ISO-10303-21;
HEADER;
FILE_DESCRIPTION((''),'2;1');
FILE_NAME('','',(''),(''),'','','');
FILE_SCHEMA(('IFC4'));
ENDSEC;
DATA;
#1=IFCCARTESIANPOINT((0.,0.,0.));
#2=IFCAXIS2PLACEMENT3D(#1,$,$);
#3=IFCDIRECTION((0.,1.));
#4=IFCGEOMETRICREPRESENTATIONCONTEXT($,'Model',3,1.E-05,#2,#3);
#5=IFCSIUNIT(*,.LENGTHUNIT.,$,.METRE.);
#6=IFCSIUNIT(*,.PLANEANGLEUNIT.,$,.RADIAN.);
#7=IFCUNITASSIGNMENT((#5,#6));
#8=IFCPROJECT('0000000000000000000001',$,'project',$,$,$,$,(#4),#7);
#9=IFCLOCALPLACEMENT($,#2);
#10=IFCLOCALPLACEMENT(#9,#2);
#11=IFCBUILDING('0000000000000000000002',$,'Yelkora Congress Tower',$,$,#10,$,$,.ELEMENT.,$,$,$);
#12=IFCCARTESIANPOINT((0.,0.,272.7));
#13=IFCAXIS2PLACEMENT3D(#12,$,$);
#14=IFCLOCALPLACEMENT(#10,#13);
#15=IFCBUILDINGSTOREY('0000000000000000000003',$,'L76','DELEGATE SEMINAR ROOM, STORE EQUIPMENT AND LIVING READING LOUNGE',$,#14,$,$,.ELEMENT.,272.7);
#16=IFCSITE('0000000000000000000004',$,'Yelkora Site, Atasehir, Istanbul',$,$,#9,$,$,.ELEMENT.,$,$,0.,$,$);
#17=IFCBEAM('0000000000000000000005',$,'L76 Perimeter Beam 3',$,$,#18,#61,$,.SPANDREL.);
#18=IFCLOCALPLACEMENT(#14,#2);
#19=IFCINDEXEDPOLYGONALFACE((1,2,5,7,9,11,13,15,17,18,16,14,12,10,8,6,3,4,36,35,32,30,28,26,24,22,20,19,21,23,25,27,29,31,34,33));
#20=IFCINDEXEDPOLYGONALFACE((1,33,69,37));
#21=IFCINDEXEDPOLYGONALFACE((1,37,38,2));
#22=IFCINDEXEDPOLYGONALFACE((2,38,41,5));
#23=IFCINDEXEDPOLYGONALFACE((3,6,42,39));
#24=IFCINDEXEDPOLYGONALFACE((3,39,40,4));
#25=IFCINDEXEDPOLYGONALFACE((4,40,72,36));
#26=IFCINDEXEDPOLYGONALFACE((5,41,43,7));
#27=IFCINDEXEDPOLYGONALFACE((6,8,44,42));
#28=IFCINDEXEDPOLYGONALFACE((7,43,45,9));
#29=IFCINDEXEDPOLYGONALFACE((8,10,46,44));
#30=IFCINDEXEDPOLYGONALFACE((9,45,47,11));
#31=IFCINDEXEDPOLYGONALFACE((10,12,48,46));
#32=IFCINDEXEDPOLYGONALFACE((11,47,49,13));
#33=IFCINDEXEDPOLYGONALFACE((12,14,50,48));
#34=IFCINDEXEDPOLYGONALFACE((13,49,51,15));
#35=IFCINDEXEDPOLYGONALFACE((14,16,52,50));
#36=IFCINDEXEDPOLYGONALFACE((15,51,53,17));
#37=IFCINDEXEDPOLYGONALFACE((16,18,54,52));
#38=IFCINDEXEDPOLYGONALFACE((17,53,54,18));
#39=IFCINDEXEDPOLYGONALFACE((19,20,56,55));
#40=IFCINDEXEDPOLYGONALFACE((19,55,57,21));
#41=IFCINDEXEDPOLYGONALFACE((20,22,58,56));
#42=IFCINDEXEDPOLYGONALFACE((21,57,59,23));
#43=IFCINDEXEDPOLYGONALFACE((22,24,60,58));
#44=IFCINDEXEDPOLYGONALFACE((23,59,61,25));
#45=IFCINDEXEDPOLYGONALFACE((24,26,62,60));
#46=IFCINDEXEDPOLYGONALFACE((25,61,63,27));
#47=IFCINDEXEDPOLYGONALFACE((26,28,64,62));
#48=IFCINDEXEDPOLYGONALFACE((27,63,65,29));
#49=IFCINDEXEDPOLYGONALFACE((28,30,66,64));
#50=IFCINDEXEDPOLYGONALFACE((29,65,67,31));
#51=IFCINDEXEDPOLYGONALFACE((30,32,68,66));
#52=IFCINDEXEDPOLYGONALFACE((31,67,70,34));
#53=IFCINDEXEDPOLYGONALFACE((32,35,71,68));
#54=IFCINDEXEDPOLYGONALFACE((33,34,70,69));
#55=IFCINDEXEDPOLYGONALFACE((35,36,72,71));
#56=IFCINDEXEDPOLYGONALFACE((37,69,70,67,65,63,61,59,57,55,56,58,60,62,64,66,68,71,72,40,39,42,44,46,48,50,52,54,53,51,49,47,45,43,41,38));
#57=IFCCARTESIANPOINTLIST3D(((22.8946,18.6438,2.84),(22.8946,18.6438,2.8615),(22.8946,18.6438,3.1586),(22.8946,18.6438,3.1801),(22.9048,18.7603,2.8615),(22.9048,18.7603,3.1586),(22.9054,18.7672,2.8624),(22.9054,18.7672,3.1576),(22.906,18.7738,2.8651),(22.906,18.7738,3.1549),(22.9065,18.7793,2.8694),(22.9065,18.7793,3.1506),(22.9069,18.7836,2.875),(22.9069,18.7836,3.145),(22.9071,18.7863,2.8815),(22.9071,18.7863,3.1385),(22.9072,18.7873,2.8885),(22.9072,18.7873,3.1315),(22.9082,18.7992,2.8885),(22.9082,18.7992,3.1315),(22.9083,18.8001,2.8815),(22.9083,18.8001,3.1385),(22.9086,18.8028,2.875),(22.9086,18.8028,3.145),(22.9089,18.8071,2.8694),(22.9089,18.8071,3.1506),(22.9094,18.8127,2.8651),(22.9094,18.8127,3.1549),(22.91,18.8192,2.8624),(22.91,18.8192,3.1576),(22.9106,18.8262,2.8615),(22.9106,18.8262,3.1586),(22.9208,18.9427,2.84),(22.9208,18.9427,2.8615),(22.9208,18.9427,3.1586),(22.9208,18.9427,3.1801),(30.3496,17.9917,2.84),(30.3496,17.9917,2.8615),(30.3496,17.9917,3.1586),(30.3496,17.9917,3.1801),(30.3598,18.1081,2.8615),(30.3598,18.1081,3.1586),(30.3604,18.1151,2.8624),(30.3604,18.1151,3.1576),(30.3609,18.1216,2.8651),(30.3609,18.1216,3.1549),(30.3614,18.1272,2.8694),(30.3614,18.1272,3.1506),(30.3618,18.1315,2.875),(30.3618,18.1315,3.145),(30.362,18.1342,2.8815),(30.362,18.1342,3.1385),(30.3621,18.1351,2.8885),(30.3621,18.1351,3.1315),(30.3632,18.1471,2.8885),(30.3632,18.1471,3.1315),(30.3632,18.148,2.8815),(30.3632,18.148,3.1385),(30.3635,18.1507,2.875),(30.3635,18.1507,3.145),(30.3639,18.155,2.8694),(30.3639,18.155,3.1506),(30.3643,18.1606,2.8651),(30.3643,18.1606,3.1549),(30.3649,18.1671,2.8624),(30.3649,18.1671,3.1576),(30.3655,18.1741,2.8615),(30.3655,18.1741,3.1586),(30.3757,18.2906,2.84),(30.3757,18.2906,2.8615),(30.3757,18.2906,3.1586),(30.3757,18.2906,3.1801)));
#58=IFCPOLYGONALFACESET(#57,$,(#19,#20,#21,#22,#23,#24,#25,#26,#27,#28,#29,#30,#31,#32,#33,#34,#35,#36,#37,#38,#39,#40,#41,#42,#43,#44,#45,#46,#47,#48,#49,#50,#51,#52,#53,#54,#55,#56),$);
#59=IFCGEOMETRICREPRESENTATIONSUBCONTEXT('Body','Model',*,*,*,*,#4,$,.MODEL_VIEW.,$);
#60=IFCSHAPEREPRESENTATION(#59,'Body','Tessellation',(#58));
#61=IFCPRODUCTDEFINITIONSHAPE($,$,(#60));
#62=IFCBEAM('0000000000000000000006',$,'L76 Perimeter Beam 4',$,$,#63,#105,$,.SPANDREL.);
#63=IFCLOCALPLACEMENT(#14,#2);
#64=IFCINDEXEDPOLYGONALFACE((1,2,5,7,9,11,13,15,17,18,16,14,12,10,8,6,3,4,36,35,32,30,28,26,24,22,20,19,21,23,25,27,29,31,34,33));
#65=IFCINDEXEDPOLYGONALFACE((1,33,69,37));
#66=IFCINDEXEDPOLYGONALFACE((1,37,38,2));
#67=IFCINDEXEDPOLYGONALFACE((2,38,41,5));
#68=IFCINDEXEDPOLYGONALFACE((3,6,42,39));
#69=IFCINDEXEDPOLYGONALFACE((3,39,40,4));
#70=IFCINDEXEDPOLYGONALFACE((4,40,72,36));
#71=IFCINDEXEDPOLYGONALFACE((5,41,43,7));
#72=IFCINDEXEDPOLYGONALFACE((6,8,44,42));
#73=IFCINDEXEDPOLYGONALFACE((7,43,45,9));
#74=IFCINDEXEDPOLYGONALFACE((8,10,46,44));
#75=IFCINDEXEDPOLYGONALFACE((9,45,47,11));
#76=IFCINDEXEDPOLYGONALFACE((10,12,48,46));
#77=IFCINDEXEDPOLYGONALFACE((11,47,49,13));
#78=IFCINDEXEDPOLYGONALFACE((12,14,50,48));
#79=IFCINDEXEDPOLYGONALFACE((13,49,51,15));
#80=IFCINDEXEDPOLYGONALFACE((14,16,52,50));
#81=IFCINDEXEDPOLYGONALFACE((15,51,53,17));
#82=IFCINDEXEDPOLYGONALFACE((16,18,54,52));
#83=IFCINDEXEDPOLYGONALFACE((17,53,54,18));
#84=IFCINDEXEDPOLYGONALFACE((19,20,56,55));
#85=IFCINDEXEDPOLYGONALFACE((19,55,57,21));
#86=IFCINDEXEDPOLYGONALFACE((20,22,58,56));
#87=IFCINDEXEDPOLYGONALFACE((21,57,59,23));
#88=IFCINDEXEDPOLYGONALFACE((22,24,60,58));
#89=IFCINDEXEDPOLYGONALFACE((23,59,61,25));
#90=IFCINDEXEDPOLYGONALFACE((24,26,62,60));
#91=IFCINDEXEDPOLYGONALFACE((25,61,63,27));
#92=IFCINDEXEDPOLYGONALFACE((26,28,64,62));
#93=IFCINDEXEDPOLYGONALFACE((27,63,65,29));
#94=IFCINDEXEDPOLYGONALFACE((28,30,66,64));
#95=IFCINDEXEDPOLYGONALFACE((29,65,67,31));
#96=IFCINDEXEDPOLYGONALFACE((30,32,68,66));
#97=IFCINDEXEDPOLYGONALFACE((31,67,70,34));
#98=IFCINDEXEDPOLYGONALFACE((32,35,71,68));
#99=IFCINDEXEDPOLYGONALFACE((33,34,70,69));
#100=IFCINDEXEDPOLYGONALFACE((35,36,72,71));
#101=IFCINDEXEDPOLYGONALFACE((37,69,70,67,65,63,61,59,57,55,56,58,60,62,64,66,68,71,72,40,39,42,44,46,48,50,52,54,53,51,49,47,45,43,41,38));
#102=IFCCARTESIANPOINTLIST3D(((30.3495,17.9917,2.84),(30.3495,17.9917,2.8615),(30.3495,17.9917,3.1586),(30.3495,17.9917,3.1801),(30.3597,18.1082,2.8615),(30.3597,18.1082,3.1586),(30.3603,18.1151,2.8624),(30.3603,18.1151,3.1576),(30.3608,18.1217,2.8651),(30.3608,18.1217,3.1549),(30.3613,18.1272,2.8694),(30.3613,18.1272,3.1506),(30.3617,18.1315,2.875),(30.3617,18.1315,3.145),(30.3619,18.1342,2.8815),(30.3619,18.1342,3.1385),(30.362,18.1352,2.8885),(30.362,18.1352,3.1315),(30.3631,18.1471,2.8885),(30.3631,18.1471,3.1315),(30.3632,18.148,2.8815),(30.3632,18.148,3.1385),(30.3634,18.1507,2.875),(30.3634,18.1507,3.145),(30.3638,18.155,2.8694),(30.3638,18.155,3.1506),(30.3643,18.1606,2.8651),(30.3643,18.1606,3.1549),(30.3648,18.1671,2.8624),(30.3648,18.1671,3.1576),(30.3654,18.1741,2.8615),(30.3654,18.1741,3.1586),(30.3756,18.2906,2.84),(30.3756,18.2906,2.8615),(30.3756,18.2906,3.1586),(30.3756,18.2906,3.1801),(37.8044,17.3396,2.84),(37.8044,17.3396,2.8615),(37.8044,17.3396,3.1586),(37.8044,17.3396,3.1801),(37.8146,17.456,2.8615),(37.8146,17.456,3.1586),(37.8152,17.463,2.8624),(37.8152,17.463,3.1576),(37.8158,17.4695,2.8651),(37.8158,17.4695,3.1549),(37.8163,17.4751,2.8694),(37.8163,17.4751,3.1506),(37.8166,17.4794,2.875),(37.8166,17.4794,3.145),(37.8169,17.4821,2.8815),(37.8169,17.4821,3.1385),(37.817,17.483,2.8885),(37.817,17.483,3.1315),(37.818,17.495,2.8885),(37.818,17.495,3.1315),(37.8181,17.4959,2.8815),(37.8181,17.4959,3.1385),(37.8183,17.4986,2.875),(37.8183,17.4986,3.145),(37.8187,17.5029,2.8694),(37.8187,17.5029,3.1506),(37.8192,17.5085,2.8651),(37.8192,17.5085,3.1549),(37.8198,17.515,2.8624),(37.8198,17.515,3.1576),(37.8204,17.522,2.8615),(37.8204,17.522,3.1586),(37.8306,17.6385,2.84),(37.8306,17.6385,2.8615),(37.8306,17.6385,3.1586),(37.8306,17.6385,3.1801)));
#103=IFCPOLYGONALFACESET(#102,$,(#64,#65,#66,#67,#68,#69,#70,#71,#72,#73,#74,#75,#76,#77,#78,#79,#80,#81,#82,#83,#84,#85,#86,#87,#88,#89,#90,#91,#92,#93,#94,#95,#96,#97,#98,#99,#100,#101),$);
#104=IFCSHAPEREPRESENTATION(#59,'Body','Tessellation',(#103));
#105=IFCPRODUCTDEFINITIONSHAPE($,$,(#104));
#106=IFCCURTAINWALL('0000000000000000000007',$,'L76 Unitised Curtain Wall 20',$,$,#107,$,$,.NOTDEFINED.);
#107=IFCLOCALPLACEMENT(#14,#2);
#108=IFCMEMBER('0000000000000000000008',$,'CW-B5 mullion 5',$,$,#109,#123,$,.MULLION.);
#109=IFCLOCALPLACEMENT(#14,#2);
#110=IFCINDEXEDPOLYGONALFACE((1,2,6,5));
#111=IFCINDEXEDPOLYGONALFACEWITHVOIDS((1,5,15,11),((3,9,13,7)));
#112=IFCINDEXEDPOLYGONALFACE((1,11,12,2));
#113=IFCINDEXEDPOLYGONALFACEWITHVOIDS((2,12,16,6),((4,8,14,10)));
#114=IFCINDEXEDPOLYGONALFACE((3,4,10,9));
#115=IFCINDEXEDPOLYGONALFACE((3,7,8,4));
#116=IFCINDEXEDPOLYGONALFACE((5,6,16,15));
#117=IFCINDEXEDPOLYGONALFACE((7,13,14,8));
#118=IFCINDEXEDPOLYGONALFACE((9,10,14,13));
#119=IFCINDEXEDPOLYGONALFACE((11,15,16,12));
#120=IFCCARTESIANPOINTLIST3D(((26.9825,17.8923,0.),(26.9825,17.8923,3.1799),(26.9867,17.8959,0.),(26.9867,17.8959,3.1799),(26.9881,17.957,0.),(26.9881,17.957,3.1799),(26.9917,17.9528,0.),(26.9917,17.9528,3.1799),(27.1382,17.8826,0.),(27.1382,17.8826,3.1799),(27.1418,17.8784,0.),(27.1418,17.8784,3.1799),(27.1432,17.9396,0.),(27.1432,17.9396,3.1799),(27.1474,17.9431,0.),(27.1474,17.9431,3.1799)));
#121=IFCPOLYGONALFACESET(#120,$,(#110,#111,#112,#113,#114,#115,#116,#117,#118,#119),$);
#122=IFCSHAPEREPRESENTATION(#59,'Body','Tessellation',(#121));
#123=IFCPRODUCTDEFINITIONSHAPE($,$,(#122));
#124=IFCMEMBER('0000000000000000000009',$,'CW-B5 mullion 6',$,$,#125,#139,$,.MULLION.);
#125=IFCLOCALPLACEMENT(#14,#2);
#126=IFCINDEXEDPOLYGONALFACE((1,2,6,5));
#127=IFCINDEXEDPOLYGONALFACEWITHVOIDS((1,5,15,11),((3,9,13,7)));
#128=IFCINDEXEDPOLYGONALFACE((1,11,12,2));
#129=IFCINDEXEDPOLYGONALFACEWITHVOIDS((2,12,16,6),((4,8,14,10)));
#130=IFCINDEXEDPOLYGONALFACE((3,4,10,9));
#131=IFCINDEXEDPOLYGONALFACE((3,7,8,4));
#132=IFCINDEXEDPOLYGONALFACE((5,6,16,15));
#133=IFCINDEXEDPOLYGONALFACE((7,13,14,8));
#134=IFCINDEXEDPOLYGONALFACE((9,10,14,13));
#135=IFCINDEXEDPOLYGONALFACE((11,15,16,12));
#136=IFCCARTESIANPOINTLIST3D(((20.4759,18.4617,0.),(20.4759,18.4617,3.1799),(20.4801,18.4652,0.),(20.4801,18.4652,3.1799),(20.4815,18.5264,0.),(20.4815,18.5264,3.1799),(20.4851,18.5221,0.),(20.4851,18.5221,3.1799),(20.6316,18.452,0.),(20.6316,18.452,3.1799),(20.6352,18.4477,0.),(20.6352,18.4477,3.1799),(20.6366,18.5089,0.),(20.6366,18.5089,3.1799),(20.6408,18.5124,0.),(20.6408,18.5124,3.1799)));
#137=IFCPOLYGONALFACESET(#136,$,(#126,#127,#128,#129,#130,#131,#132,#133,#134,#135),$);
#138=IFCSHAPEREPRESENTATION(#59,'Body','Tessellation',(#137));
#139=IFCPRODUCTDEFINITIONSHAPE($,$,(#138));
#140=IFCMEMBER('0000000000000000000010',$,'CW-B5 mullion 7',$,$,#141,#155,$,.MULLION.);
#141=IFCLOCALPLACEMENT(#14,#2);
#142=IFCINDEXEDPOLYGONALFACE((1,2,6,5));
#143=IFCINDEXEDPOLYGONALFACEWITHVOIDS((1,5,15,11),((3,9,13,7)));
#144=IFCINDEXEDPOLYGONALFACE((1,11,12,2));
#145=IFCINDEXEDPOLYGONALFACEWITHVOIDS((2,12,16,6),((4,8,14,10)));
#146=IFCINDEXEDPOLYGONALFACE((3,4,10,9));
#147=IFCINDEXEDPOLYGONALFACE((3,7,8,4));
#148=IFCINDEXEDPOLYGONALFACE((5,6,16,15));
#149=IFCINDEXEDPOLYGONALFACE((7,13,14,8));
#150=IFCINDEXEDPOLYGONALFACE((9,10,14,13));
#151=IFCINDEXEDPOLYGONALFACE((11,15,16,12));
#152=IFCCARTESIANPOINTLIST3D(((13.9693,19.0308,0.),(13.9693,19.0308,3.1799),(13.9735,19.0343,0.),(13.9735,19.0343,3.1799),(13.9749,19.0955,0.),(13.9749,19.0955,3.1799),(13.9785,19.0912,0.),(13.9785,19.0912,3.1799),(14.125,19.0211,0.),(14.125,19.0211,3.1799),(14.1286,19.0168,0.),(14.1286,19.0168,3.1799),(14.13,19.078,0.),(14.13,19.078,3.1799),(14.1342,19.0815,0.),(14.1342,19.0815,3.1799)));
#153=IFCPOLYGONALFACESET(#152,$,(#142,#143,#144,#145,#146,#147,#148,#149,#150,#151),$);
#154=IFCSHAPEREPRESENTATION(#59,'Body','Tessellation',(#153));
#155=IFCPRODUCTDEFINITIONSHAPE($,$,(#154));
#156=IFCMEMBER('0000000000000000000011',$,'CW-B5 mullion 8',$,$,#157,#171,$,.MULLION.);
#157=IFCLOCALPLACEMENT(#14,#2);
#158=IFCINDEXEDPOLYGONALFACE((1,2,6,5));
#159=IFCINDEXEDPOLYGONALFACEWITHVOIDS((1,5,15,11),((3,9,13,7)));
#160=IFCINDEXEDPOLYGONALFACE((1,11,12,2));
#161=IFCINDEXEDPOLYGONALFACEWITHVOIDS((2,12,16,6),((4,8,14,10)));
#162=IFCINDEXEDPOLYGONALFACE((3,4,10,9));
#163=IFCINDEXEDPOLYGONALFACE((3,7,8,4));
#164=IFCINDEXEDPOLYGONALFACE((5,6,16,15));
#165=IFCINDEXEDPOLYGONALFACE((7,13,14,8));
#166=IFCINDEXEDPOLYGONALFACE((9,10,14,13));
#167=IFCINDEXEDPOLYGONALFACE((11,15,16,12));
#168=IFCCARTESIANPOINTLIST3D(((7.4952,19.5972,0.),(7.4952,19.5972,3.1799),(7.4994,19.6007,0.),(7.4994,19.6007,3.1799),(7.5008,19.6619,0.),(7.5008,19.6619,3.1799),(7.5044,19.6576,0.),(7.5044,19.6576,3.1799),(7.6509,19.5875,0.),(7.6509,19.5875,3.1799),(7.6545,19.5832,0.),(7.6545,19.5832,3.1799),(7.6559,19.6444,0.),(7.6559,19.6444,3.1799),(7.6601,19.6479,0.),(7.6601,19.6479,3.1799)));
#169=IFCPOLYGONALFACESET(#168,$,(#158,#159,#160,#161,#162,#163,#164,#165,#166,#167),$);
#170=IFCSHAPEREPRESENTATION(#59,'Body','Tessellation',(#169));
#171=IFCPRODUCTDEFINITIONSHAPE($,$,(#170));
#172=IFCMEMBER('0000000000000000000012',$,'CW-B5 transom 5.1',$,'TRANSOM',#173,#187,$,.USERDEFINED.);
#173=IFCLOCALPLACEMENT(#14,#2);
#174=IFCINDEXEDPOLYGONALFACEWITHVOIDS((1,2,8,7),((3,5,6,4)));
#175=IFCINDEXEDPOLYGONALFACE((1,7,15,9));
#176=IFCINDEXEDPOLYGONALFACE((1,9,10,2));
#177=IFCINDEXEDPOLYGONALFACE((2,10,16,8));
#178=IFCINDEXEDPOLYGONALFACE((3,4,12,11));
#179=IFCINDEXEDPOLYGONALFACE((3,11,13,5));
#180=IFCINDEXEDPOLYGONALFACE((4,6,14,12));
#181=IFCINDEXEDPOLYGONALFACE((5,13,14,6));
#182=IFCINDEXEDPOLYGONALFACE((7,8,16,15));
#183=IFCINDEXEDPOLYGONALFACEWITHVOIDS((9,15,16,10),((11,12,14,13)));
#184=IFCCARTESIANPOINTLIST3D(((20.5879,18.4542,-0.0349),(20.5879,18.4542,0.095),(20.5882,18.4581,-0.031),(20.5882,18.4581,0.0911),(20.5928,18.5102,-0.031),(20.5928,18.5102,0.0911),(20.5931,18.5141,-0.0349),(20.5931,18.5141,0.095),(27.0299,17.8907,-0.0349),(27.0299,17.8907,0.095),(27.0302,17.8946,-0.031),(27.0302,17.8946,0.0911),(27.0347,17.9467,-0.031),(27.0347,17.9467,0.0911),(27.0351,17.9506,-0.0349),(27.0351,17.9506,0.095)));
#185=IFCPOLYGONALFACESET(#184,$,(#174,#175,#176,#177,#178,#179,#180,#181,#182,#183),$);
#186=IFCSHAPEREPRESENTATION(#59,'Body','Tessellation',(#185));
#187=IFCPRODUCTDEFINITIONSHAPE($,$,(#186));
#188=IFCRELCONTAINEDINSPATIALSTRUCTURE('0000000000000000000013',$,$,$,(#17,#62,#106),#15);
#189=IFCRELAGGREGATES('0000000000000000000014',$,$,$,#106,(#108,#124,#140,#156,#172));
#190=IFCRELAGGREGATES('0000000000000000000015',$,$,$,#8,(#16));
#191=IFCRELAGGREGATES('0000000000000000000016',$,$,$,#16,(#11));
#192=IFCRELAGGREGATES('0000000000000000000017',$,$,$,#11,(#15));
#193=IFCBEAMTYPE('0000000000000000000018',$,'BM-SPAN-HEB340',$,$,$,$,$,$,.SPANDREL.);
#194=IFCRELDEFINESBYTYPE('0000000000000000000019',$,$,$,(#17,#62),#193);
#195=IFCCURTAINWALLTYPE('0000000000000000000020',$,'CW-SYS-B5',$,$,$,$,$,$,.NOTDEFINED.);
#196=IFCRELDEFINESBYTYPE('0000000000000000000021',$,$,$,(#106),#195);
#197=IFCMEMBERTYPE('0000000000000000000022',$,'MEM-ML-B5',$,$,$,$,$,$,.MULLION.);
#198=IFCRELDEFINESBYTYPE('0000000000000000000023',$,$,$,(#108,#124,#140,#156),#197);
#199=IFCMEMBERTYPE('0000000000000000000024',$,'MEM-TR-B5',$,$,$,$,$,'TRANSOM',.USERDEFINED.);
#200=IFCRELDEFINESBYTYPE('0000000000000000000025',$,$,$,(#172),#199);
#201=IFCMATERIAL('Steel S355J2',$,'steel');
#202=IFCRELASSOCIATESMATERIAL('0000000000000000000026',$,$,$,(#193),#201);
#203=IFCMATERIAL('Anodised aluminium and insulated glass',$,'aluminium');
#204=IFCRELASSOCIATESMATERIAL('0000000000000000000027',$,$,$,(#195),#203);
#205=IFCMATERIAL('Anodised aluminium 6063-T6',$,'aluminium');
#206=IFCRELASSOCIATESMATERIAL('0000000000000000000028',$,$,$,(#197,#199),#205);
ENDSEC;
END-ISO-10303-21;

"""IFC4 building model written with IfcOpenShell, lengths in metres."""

from ifc_helpers import new_model, si_unit, direction, frame, origin, origin_2d, place, context, subcontext, project, spatial, hollow_rectangle, i_section, extrude, material, material_profile, profile_set, type_object, element, aggregate, save


model = new_model("IFC4")

# Units and contexts
model_context = context("Model", 3, precision=1e-05, world=origin(), true_north=direction((0.0, 1.0)))
body_context = subcontext(model_context, "Body", "Model", "MODEL_VIEW")
ifc_project = project(units=[si_unit("LENGTHUNIT", "METRE"), si_unit("PLANEANGLEUNIT", "RADIAN")], contexts=[model_context])

# Site, building, storey
site_placement = place(None, origin())
site = spatial("IfcSite", under=ifc_project, at=site_placement, Name="Yelkora Site, Atasehir, Istanbul", CompositionType="ELEMENT", RefElevation=0.0)
building_placement = place(site_placement, origin())
building = spatial("IfcBuilding", under=site, at=building_placement, Name="Yelkora Congress Tower", CompositionType="ELEMENT")
storey_placement = place(building_placement, frame((0.0, 0.0, 272.7)))
storey = spatial("IfcBuildingStorey", under=building, at=storey_placement, Name="L76", Description="DELEGATE SEMINAR ROOM, STORE EQUIPMENT AND LIVING READING LOUNGE", CompositionType="ELEMENT", Elevation=272.7)

# Shared definitions
ifc_material_1 = material(Name="Steel S355J2", Category="steel")

# Beams
ifc_material_profile_1 = material_profile(ifc_material_1, i_section(OverallWidth=0.3, OverallDepth=0.3401, WebThickness=0.012, FlangeThickness=0.0215, FilletRadius=0.0271, at=origin_2d()), Name="HEB 340")
ifc_profile_set_1 = profile_set([ifc_material_profile_1], Name="Steel S355J2")
beam_type_1 = type_object("IfcBeamType", Name="BM-SPAN-HEB340", PredefinedType="SPANDREL", material=ifc_profile_set_1)
for number, where, z_axis, x_axis, name in (
    (1, (22.9077, 18.7932, 3.01), (0.996196, -0.087141, 0.0), (0.087141, 0.996196, 0.0), "L76 Perimeter Beam 3"),
    (2, (30.3625, 18.1411, 3.01), (0.996196, -0.087141, 0.0), (0.087141, 0.996196, 0.0), "L76 Perimeter Beam 4"),
):
    element("IfcBeam", number, at=place(storey_placement, frame(where, z_axis=z_axis, x_axis=x_axis)), inside=storey, type_object=beam_type_1, Name=name, PredefinedType="SPANDREL", context=body_context, shape_type="SweptSolid", body=[
        extrude(i_section(OverallWidth=0.3, OverallDepth=0.3401, WebThickness=0.012, FlangeThickness=0.0215, FilletRadius=0.0271, at=origin_2d()), origin(), (0.0, 0.0, 1.0), 7.4834),
    ])

# Curtain wall, members
ifc_material_2 = material(Name="Anodised aluminium and insulated glass", Category="aluminium")
curtain_wall_type = type_object("IfcCurtainWallType", Name="CW-SYS-B5", PredefinedType="NOTDEFINED", material=ifc_material_2)
curtain_wall_placement = place(storey_placement, origin())
curtain_wall = element("IfcCurtainWall", 3, at=curtain_wall_placement, inside=storey, type_object=curtain_wall_type, Name="L76 Unitised Curtain Wall 20", PredefinedType="NOTDEFINED")
ifc_material_3 = material(Name="Anodised aluminium 6063-T6", Category="aluminium")
ifc_material_profile_2 = material_profile(ifc_material_3, hollow_rectangle(XDim=0.0649, YDim=0.1599, WallThickness=0.0039, at=origin_2d()), Name="ALU 65x160x4")
ifc_profile_set_2 = profile_set([ifc_material_profile_2], Name="Anodised aluminium 6063-T6")
member_type_1 = type_object("IfcMemberType", Name="MEM-ML-B5", PredefinedType="MULLION", material=ifc_profile_set_2)
member_1_placement = place(storey_placement, frame((27.0649, 17.9177, 0.0), z_axis=(0.0, 0.0, 1.0), x_axis=(-0.087157, -0.996195, 0.0)))
member_1 = element("IfcMember", 4, at=member_1_placement, type_object=member_type_1, Name="CW-B5 mullion 5", PredefinedType="MULLION", context=body_context, shape_type="SweptSolid", body=[
    extrude(hollow_rectangle(XDim=0.0649, YDim=0.1599, WallThickness=0.0039, at=origin_2d()), origin(), (0.0, 0.0, 1.0), 3.1799),
])
member_2_placement = place(storey_placement, frame((20.5583, 18.4871, 0.0), z_axis=(0.0, 0.0, 1.0), x_axis=(-0.087157, -0.996195, 0.0)))
member_2 = element("IfcMember", 5, at=member_2_placement, type_object=member_type_1, Name="CW-B5 mullion 6", PredefinedType="MULLION", context=body_context, shape_type="SweptSolid", body=[
    extrude(hollow_rectangle(XDim=0.0649, YDim=0.1599, WallThickness=0.0039, at=origin_2d()), origin(), (0.0, 0.0, 1.0), 3.1799),
])
member_3_placement = place(storey_placement, frame((14.0518, 19.0562, 0.0), z_axis=(0.0, 0.0, 1.0), x_axis=(-0.087157, -0.996195, 0.0)))
member_3 = element("IfcMember", 6, at=member_3_placement, type_object=member_type_1, Name="CW-B5 mullion 7", PredefinedType="MULLION", context=body_context, shape_type="SweptSolid", body=[
    extrude(hollow_rectangle(XDim=0.0649, YDim=0.1599, WallThickness=0.0039, at=origin_2d()), origin(), (0.0, 0.0, 1.0), 3.1799),
])
member_4_placement = place(storey_placement, frame((7.5776, 19.6226, 0.0), z_axis=(0.0, 0.0, 1.0), x_axis=(-0.087157, -0.996195, 0.0)))
member_4 = element("IfcMember", 7, at=member_4_placement, type_object=member_type_1, Name="CW-B5 mullion 8", PredefinedType="MULLION", context=body_context, shape_type="SweptSolid", body=[
    extrude(hollow_rectangle(XDim=0.0649, YDim=0.1599, WallThickness=0.0039, at=origin_2d()), origin(), (0.0, 0.0, 1.0), 3.1799),
])
ifc_material_profile_3 = material_profile(ifc_material_3, hollow_rectangle(XDim=0.0601, YDim=0.1299, WallThickness=0.0039, at=origin_2d()), Name="ALU 60x130x4")
ifc_profile_set_3 = profile_set([ifc_material_profile_3], Name="Anodised aluminium 6063-T6")
member_type_2 = type_object("IfcMemberType", Name="MEM-TR-B5", ElementType="TRANSOM", PredefinedType="USERDEFINED", material=ifc_profile_set_3)
member_5_placement = place(storey_placement, frame((27.0325, 17.9207, 0.03), z_axis=(-0.996196, 0.087138, 0.0), x_axis=(-0.087138, -0.996196, 0.0)))
member_5 = element("IfcMember", 8, at=member_5_placement, type_object=member_type_2, Name="CW-B5 transom 5.1", ObjectType="TRANSOM", PredefinedType="USERDEFINED", context=body_context, shape_type="SweptSolid", body=[
    extrude(hollow_rectangle(XDim=0.0601, YDim=0.1299, WallThickness=0.0039, at=origin_2d()), origin(), (0.0, 0.0, 1.0), 6.4666),
])
aggregate(curtain_wall, [member_1, member_2, member_3, member_4, member_5])

save(model, "model.ifc")
